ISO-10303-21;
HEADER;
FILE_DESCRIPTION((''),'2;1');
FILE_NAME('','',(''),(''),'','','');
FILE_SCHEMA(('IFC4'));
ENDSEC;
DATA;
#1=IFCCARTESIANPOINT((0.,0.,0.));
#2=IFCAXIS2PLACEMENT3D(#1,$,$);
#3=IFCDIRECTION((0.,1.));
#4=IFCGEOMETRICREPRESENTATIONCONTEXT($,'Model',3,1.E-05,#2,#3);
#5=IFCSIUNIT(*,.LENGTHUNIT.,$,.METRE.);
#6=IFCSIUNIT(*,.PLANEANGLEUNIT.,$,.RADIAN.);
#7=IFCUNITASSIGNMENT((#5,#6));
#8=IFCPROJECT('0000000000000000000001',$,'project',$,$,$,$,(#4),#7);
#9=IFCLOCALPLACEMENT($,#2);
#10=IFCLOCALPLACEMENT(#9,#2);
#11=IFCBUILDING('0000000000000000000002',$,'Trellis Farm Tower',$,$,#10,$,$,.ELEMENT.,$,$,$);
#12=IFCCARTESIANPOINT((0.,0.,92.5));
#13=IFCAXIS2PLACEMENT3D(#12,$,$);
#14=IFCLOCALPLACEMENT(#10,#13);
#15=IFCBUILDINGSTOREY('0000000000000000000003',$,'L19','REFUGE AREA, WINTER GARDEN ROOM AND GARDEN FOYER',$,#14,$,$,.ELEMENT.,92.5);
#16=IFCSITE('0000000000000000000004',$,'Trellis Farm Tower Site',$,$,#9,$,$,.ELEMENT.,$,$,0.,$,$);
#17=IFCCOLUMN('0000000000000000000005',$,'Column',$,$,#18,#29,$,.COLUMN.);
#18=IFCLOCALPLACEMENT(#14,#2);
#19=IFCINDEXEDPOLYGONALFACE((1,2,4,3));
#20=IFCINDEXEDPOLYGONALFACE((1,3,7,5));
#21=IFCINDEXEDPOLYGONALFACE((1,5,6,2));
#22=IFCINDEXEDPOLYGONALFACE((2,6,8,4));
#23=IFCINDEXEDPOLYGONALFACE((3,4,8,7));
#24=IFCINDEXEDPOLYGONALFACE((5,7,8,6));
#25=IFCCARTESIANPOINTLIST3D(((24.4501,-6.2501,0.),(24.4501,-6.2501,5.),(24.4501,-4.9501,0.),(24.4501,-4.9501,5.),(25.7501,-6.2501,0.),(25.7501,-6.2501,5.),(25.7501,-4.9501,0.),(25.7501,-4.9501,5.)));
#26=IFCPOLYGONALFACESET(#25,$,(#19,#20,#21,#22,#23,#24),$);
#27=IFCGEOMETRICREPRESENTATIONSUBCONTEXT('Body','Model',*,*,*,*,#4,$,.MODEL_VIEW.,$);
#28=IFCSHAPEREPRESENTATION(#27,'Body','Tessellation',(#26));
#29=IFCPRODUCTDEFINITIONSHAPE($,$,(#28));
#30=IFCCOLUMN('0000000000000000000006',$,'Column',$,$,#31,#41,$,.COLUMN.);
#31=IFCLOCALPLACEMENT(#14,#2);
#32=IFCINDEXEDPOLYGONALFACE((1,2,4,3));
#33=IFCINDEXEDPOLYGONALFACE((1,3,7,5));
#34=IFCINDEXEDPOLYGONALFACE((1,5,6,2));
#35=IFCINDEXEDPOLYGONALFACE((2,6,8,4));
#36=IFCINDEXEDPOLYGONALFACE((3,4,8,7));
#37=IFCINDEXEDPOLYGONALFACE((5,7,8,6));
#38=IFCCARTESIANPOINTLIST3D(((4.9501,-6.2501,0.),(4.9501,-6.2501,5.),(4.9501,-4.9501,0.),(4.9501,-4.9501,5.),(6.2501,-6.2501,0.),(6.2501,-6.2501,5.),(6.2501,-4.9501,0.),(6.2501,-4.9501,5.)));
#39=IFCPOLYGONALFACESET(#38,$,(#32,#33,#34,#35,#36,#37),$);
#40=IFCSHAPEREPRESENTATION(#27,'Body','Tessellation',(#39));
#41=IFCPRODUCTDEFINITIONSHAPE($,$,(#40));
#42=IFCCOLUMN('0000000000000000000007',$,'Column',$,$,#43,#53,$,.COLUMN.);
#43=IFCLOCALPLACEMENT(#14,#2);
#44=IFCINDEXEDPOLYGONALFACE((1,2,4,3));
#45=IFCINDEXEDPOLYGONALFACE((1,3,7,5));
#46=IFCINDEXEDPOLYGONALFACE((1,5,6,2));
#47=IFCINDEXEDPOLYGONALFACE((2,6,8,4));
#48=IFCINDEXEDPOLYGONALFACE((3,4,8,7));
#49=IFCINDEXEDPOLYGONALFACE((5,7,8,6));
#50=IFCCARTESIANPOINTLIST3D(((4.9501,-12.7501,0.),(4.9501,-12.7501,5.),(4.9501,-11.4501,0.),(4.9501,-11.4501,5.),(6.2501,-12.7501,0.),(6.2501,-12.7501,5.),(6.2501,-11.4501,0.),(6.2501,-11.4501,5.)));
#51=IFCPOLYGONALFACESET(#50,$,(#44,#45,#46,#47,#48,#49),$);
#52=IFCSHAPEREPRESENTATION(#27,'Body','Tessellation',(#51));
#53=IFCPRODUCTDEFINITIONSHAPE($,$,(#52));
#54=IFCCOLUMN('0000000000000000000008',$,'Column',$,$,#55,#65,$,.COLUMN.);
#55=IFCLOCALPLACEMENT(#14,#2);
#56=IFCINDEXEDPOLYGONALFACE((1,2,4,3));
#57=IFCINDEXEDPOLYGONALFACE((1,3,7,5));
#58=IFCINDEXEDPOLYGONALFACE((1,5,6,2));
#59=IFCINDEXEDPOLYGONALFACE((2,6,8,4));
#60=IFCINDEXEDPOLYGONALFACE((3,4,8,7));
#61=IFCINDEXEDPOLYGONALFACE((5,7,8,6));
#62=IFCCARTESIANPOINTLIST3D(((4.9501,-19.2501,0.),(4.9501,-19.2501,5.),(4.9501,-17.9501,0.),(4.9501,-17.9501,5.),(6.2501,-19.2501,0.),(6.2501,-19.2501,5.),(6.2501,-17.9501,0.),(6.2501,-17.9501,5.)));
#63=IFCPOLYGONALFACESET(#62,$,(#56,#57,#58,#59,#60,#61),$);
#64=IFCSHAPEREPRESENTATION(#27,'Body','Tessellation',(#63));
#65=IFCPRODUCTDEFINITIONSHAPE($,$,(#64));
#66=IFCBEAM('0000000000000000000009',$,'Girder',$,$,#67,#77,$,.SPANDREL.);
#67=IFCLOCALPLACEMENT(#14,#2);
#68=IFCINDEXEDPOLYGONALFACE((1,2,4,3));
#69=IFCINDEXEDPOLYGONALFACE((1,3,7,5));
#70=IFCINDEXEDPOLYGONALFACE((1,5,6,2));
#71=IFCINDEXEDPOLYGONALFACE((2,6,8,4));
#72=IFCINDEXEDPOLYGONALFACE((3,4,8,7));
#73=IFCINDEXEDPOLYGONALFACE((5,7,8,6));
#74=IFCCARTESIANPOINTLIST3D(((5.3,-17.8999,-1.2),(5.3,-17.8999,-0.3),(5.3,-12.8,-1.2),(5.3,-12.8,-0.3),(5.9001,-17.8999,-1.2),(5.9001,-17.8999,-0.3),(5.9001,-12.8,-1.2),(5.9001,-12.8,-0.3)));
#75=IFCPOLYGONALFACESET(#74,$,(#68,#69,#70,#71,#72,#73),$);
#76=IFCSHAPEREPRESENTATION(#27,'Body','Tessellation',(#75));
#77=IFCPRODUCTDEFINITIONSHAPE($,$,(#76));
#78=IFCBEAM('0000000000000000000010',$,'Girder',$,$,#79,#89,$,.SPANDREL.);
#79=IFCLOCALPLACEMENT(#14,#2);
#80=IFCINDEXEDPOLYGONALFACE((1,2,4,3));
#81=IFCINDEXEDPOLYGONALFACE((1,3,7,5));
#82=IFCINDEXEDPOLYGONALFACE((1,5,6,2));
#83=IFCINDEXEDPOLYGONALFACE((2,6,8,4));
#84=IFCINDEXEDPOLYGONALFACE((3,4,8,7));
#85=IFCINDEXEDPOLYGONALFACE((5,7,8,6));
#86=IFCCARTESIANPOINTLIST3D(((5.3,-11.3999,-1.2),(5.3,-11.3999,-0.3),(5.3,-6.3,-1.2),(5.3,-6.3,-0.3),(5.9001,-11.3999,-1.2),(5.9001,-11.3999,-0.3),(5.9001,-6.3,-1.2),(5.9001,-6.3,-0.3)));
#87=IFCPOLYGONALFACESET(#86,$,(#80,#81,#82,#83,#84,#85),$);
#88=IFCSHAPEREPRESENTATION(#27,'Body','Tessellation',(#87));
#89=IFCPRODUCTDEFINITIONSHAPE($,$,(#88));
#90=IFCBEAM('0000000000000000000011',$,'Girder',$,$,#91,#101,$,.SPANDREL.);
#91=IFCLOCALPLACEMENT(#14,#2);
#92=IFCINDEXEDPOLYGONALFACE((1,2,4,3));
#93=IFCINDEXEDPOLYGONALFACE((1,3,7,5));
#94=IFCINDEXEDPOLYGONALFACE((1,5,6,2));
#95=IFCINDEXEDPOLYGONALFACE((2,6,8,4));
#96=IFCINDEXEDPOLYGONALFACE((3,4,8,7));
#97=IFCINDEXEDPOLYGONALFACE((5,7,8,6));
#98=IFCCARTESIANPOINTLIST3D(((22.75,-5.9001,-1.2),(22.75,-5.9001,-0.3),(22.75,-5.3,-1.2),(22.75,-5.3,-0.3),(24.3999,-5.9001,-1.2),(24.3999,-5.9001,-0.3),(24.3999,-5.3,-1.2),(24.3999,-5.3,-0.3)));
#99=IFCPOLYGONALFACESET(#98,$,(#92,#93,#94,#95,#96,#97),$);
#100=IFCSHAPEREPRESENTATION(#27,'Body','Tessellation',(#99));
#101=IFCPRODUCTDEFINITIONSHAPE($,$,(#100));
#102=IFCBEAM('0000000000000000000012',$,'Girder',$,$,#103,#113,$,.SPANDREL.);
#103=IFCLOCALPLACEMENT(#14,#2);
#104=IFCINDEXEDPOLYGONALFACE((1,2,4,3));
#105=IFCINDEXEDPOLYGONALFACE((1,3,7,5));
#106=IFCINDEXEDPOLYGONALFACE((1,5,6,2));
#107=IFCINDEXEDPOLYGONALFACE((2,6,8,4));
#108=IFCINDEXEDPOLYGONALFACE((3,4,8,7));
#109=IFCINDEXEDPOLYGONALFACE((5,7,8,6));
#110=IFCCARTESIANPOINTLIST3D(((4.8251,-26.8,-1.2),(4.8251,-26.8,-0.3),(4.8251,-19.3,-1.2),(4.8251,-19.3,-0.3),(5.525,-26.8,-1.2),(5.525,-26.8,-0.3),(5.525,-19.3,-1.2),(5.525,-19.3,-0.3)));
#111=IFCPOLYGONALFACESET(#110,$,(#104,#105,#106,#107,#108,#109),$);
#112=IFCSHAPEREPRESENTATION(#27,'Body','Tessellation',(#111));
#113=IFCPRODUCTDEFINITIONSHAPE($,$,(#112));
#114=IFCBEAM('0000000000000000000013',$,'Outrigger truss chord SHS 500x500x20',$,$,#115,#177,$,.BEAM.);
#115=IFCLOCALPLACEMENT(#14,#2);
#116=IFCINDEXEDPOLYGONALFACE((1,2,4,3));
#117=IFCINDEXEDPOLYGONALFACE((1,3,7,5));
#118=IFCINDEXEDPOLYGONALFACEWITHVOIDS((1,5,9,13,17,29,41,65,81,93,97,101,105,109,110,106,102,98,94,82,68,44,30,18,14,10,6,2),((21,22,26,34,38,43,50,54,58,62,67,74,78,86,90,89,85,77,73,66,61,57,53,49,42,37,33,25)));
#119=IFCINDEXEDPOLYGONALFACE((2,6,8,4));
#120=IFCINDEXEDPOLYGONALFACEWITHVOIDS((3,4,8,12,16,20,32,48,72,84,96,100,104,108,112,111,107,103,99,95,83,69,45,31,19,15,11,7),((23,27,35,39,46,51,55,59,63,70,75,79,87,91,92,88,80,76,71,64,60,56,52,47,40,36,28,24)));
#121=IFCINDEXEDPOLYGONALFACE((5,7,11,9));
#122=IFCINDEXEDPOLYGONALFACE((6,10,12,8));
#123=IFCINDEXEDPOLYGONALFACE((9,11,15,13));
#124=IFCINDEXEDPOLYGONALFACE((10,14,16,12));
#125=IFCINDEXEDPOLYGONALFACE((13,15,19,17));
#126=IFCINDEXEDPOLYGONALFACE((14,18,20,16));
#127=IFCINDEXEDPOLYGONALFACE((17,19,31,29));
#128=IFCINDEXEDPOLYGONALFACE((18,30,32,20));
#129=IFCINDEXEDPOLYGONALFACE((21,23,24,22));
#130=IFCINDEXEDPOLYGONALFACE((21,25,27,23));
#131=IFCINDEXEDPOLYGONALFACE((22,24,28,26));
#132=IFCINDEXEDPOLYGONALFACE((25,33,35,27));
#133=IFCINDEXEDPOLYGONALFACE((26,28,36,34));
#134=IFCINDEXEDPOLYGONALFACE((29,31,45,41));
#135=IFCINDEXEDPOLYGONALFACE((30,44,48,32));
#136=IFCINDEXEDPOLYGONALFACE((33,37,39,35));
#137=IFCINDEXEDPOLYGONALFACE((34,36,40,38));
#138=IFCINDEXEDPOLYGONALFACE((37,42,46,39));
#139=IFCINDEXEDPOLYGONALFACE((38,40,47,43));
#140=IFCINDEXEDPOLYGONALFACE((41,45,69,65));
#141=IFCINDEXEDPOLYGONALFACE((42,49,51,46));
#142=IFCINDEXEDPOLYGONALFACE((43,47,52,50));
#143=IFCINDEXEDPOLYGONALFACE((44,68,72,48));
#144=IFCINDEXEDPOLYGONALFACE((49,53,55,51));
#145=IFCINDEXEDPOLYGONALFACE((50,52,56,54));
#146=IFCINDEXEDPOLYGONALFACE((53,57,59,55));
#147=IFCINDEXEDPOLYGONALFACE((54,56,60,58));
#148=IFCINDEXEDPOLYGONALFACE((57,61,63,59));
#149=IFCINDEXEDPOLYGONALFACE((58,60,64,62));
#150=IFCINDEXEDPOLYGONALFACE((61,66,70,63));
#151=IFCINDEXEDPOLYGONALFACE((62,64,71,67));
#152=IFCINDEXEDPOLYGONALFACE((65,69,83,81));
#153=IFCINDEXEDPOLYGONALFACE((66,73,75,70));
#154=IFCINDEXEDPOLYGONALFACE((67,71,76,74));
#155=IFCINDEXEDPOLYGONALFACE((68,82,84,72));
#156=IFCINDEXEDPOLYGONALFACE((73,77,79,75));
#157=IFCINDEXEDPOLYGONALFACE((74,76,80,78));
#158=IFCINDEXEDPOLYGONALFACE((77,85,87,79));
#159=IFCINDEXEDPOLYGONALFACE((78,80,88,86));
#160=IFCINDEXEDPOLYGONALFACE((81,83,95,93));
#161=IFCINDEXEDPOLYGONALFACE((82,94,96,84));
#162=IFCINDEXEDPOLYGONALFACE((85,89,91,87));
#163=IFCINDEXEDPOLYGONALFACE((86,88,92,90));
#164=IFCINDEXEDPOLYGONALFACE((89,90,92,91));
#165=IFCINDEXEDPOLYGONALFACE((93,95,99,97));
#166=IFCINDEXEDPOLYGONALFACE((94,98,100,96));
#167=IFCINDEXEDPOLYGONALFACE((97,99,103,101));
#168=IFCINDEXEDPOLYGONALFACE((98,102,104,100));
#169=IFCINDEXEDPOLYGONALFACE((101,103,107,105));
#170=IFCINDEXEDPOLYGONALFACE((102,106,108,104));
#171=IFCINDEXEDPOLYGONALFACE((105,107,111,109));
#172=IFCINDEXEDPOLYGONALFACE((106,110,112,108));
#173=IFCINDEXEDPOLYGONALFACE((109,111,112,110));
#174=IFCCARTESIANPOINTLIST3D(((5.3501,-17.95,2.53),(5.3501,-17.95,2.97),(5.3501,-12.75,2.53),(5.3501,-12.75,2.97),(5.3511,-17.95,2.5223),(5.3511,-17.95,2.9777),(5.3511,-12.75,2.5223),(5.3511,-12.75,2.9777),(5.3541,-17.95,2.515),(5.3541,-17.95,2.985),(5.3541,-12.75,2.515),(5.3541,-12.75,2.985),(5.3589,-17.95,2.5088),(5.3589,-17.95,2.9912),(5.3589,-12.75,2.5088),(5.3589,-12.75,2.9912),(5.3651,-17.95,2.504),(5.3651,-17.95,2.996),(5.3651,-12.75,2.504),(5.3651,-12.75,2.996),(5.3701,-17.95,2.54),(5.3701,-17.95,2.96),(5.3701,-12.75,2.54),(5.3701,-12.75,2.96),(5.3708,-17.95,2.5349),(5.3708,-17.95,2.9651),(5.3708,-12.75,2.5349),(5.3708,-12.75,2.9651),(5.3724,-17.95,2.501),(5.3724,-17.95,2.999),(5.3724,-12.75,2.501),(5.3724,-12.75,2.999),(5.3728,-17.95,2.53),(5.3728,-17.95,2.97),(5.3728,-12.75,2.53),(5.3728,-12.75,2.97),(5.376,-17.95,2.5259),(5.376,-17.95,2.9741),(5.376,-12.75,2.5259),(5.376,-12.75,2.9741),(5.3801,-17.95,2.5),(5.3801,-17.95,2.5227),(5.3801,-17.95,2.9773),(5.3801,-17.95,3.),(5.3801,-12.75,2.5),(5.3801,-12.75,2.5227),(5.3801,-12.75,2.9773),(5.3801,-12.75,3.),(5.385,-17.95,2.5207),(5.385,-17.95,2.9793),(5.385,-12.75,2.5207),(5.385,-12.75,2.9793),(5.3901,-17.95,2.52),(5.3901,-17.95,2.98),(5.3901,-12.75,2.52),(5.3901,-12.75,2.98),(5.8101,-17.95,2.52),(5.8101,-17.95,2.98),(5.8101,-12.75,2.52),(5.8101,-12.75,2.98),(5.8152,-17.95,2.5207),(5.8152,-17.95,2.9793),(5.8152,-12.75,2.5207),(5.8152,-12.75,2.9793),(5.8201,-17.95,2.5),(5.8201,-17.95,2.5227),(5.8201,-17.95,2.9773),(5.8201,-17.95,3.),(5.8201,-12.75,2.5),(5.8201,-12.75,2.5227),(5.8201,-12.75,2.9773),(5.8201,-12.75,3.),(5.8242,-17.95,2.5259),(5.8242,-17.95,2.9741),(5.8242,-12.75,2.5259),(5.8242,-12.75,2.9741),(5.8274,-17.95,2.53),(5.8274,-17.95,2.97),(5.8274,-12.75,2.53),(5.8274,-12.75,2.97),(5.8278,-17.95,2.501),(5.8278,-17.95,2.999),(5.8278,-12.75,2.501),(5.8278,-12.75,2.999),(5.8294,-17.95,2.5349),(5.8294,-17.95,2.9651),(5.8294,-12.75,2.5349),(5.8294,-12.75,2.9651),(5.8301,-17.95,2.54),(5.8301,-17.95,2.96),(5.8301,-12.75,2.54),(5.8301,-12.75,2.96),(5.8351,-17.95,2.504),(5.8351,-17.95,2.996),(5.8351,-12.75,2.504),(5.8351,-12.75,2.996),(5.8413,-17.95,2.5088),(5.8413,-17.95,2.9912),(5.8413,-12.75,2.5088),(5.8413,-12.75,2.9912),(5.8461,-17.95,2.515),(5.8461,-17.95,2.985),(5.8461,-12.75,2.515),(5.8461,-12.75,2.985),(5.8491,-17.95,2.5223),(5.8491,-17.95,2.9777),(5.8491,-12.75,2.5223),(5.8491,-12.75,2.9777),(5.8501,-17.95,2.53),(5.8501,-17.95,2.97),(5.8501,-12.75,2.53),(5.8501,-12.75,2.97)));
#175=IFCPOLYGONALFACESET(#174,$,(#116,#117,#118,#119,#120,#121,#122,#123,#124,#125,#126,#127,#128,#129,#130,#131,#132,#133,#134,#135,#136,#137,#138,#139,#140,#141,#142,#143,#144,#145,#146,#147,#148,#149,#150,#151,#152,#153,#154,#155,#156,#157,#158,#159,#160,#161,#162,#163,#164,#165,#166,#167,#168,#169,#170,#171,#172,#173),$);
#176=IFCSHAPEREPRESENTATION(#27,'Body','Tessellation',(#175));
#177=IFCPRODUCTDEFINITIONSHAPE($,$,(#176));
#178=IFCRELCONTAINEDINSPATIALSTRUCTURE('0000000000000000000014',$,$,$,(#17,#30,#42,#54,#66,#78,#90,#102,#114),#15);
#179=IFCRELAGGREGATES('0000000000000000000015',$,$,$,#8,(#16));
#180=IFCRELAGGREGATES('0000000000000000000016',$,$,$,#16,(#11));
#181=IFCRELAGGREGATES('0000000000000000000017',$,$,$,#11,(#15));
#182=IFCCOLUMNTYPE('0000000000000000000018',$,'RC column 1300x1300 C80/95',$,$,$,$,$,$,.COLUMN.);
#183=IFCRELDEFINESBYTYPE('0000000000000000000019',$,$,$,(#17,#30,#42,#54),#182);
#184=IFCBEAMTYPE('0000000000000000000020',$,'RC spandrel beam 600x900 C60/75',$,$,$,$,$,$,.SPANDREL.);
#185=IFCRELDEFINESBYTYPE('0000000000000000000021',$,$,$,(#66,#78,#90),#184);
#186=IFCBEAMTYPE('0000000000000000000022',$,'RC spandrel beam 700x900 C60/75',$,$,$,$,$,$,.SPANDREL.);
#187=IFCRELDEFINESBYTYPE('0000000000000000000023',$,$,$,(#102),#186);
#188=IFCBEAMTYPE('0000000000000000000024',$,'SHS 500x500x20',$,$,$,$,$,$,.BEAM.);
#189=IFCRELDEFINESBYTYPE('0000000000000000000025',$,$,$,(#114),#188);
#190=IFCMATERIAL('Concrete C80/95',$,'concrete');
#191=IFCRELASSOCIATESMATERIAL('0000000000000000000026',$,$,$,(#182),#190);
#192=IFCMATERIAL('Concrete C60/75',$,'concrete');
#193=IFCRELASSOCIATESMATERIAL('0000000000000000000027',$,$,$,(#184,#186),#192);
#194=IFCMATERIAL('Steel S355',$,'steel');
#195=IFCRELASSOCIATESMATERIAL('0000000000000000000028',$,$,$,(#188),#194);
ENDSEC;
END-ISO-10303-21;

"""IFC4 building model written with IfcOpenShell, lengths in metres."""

from ifc_helpers import new_model, si_unit, direction, frame, origin, origin_2d, place, context, subcontext, project, spatial, rectangle, hollow_rectangle, extrude, source, transform, mapped, material, material_profile, profile_set, type_object, element, save


model = new_model("IFC4")

# Units and contexts
model_context = context("Model", 3, precision=1e-05, world=origin(), true_north=direction((0.0, 1.0)))
body_context = subcontext(model_context, "Body", "Model", "MODEL_VIEW")
ifc_project = project(units=[si_unit("LENGTHUNIT", "METRE"), si_unit("PLANEANGLEUNIT", "RADIAN")], contexts=[model_context])

# Site, building, storey
site_placement = place(None, origin())
site = spatial("IfcSite", under=ifc_project, at=site_placement, Name="Trellis Farm Tower Site", CompositionType="ELEMENT", RefElevation=0.0)
building_placement = place(site_placement, origin())
building = spatial("IfcBuilding", under=site, at=building_placement, Name="Trellis Farm Tower", CompositionType="ELEMENT")
storey_placement = place(building_placement, frame((0.0, 0.0, 92.5)))
storey = spatial("IfcBuildingStorey", under=building, at=storey_placement, Name="L19", Description="REFUGE AREA, WINTER GARDEN ROOM AND GARDEN FOYER", CompositionType="ELEMENT", Elevation=92.5)

# Columns
ifc_material_1 = material(Name="Concrete C80/95", Category="concrete")
ifc_material_profile_1 = material_profile(ifc_material_1, rectangle(XDim=1.3, YDim=1.3, at=origin_2d()), Name="RC column 1300x1300 C80/95")
ifc_profile_set_1 = profile_set([ifc_material_profile_1], Name="Concrete C80/95")
column_type = type_object("IfcColumnType", Name="RC column 1300x1300 C80/95", PredefinedType="COLUMN", material=ifc_profile_set_1)
shared_shape_1 = source(origin(), body_context, "Body", "SweptSolid", [
    extrude(rectangle(XDim=1.3, YDim=1.3, at=origin_2d()), origin(), (0.0, 0.0, 1.0), 5.0),
])
for number, where, z_axis, x_axis, name in (
    (1, (25.1001, -5.6001, 0.0), (0.0, 0.0, 1.0), (1.0, 0.0, 0.0), "Column"),
    (2, (5.6001, -5.6001, 0.0), (0.0, 0.0, 1.0), (1.0, 0.0, 0.0), "Column"),
    (3, (5.6001, -12.1001, 0.0), (0.0, 0.0, 1.0), (1.0, 0.0, 0.0), "Column"),
    (4, (5.6001, -18.6001, 0.0), (0.0, 0.0, 1.0), (1.0, 0.0, 0.0), "Column"),
):
    element("IfcColumn", number, at=place(storey_placement, frame(where, z_axis=z_axis, x_axis=x_axis)), inside=storey, type_object=column_type, Name=name, PredefinedType="COLUMN", context=body_context, shape_type="MappedRepresentation", body=[
        mapped(shared_shape_1, transform((0.0, 0.0, 0.0))),
    ])

# Beams
ifc_material_2 = material(Name="Concrete C60/75", Category="concrete")
ifc_material_profile_2 = material_profile(ifc_material_2, rectangle(XDim=0.6001, YDim=0.8999, at=origin_2d()), Name="RC spandrel beam 600x900 C60/75")
ifc_profile_set_2 = profile_set([ifc_material_profile_2], Name="Concrete C60/75")
beam_type_1 = type_object("IfcBeamType", Name="RC spandrel beam 600x900 C60/75", PredefinedType="SPANDREL", material=ifc_profile_set_2)
shared_shape_2 = source(origin(), body_context, "Body", "SweptSolid", [
    extrude(rectangle(XDim=0.6001, YDim=0.8999, at=origin_2d()), origin(), (0.0, 0.0, 1.0), 5.0999),
])
for number, where, z_axis, x_axis, name in (
    (5, (5.6001, -17.8999, -0.75), (0.0, 1.0, 0.0), (-1.0, 0.0, 0.0), "Girder"),
    (6, (5.6001, -11.3999, -0.75), (0.0, 1.0, 0.0), (-1.0, 0.0, 0.0), "Girder"),
):
    element("IfcBeam", number, at=place(storey_placement, frame(where, z_axis=z_axis, x_axis=x_axis)), inside=storey, type_object=beam_type_1, Name=name, PredefinedType="SPANDREL", context=body_context, shape_type="MappedRepresentation", body=[
        mapped(shared_shape_2, transform((0.0, 0.0, 0.0))),
    ])
shared_shape_3 = source(origin(), body_context, "Body", "SweptSolid", [
    extrude(rectangle(XDim=0.6001, YDim=0.8999, at=origin_2d()), origin(), (0.0, 0.0, 1.0), 1.6499),
])
beam_1_placement = place(storey_placement, frame((22.75, -5.6001, -0.75), z_axis=(1.0, 0.0, 0.0), x_axis=(0.0, 1.0, 0.0)))
element("IfcBeam", 7, at=beam_1_placement, inside=storey, type_object=beam_type_1, Name="Girder", PredefinedType="SPANDREL", context=body_context, shape_type="MappedRepresentation", body=[
    mapped(shared_shape_3, transform((0.0, 0.0, 0.0))),
])
ifc_material_profile_3 = material_profile(ifc_material_2, rectangle(XDim=0.7, YDim=0.8999, at=origin_2d()), Name="RC spandrel beam 700x900 C60/75")
ifc_profile_set_3 = profile_set([ifc_material_profile_3], Name="Concrete C60/75")
beam_type_2 = type_object("IfcBeamType", Name="RC spandrel beam 700x900 C60/75", PredefinedType="SPANDREL", material=ifc_profile_set_3)
shared_shape_4 = source(origin(), body_context, "Body", "SweptSolid", [
    extrude(rectangle(XDim=0.7, YDim=0.8999, at=origin_2d()), origin(), (0.0, 0.0, 1.0), 7.5),
])
beam_2_placement = place(storey_placement, frame((5.175, -26.8, -0.75), z_axis=(0.0, 1.0, 0.0), x_axis=(-1.0, 0.0, 0.0)))
element("IfcBeam", 8, at=beam_2_placement, inside=storey, type_object=beam_type_2, Name="Girder", PredefinedType="SPANDREL", context=body_context, shape_type="MappedRepresentation", body=[
    mapped(shared_shape_4, transform((0.0, 0.0, 0.0))),
])
ifc_material_3 = material(Name="Steel S355", Category="steel")
ifc_material_profile_4 = material_profile(ifc_material_3, hollow_rectangle(XDim=0.5, YDim=0.5, WallThickness=0.02, InnerFilletRadius=0.02, OuterFilletRadius=0.03, at=origin_2d()), Name="SHS 500x500x20")
ifc_profile_set_4 = profile_set([ifc_material_profile_4], Name="Steel S355")
beam_type_3 = type_object("IfcBeamType", Name="SHS 500x500x20", PredefinedType="BEAM", material=ifc_profile_set_4)
shared_shape_5 = source(origin(), body_context, "Body", "SweptSolid", [
    extrude(hollow_rectangle(XDim=0.5, YDim=0.5, WallThickness=0.02, InnerFilletRadius=0.02, OuterFilletRadius=0.03, at=origin_2d()), origin(), (0.0, 0.0, 1.0), 5.2),
])
for number, where, z_axis, x_axis, name in (
    (9, (5.6001, -17.95, 2.75), (0.0, 1.0, 0.0), (-1.0, 0.0, 0.0), "Outrigger truss chord SHS 500x500x20"),
):
    element("IfcBeam", number, at=place(storey_placement, frame(where, z_axis=z_axis, x_axis=x_axis)), inside=storey, type_object=beam_type_3, Name=name, PredefinedType="BEAM", context=body_context, shape_type="MappedRepresentation", body=[
        mapped(shared_shape_5, transform((0.0, 0.0, 0.0))),
    ])

save(model, "model.ifc")
